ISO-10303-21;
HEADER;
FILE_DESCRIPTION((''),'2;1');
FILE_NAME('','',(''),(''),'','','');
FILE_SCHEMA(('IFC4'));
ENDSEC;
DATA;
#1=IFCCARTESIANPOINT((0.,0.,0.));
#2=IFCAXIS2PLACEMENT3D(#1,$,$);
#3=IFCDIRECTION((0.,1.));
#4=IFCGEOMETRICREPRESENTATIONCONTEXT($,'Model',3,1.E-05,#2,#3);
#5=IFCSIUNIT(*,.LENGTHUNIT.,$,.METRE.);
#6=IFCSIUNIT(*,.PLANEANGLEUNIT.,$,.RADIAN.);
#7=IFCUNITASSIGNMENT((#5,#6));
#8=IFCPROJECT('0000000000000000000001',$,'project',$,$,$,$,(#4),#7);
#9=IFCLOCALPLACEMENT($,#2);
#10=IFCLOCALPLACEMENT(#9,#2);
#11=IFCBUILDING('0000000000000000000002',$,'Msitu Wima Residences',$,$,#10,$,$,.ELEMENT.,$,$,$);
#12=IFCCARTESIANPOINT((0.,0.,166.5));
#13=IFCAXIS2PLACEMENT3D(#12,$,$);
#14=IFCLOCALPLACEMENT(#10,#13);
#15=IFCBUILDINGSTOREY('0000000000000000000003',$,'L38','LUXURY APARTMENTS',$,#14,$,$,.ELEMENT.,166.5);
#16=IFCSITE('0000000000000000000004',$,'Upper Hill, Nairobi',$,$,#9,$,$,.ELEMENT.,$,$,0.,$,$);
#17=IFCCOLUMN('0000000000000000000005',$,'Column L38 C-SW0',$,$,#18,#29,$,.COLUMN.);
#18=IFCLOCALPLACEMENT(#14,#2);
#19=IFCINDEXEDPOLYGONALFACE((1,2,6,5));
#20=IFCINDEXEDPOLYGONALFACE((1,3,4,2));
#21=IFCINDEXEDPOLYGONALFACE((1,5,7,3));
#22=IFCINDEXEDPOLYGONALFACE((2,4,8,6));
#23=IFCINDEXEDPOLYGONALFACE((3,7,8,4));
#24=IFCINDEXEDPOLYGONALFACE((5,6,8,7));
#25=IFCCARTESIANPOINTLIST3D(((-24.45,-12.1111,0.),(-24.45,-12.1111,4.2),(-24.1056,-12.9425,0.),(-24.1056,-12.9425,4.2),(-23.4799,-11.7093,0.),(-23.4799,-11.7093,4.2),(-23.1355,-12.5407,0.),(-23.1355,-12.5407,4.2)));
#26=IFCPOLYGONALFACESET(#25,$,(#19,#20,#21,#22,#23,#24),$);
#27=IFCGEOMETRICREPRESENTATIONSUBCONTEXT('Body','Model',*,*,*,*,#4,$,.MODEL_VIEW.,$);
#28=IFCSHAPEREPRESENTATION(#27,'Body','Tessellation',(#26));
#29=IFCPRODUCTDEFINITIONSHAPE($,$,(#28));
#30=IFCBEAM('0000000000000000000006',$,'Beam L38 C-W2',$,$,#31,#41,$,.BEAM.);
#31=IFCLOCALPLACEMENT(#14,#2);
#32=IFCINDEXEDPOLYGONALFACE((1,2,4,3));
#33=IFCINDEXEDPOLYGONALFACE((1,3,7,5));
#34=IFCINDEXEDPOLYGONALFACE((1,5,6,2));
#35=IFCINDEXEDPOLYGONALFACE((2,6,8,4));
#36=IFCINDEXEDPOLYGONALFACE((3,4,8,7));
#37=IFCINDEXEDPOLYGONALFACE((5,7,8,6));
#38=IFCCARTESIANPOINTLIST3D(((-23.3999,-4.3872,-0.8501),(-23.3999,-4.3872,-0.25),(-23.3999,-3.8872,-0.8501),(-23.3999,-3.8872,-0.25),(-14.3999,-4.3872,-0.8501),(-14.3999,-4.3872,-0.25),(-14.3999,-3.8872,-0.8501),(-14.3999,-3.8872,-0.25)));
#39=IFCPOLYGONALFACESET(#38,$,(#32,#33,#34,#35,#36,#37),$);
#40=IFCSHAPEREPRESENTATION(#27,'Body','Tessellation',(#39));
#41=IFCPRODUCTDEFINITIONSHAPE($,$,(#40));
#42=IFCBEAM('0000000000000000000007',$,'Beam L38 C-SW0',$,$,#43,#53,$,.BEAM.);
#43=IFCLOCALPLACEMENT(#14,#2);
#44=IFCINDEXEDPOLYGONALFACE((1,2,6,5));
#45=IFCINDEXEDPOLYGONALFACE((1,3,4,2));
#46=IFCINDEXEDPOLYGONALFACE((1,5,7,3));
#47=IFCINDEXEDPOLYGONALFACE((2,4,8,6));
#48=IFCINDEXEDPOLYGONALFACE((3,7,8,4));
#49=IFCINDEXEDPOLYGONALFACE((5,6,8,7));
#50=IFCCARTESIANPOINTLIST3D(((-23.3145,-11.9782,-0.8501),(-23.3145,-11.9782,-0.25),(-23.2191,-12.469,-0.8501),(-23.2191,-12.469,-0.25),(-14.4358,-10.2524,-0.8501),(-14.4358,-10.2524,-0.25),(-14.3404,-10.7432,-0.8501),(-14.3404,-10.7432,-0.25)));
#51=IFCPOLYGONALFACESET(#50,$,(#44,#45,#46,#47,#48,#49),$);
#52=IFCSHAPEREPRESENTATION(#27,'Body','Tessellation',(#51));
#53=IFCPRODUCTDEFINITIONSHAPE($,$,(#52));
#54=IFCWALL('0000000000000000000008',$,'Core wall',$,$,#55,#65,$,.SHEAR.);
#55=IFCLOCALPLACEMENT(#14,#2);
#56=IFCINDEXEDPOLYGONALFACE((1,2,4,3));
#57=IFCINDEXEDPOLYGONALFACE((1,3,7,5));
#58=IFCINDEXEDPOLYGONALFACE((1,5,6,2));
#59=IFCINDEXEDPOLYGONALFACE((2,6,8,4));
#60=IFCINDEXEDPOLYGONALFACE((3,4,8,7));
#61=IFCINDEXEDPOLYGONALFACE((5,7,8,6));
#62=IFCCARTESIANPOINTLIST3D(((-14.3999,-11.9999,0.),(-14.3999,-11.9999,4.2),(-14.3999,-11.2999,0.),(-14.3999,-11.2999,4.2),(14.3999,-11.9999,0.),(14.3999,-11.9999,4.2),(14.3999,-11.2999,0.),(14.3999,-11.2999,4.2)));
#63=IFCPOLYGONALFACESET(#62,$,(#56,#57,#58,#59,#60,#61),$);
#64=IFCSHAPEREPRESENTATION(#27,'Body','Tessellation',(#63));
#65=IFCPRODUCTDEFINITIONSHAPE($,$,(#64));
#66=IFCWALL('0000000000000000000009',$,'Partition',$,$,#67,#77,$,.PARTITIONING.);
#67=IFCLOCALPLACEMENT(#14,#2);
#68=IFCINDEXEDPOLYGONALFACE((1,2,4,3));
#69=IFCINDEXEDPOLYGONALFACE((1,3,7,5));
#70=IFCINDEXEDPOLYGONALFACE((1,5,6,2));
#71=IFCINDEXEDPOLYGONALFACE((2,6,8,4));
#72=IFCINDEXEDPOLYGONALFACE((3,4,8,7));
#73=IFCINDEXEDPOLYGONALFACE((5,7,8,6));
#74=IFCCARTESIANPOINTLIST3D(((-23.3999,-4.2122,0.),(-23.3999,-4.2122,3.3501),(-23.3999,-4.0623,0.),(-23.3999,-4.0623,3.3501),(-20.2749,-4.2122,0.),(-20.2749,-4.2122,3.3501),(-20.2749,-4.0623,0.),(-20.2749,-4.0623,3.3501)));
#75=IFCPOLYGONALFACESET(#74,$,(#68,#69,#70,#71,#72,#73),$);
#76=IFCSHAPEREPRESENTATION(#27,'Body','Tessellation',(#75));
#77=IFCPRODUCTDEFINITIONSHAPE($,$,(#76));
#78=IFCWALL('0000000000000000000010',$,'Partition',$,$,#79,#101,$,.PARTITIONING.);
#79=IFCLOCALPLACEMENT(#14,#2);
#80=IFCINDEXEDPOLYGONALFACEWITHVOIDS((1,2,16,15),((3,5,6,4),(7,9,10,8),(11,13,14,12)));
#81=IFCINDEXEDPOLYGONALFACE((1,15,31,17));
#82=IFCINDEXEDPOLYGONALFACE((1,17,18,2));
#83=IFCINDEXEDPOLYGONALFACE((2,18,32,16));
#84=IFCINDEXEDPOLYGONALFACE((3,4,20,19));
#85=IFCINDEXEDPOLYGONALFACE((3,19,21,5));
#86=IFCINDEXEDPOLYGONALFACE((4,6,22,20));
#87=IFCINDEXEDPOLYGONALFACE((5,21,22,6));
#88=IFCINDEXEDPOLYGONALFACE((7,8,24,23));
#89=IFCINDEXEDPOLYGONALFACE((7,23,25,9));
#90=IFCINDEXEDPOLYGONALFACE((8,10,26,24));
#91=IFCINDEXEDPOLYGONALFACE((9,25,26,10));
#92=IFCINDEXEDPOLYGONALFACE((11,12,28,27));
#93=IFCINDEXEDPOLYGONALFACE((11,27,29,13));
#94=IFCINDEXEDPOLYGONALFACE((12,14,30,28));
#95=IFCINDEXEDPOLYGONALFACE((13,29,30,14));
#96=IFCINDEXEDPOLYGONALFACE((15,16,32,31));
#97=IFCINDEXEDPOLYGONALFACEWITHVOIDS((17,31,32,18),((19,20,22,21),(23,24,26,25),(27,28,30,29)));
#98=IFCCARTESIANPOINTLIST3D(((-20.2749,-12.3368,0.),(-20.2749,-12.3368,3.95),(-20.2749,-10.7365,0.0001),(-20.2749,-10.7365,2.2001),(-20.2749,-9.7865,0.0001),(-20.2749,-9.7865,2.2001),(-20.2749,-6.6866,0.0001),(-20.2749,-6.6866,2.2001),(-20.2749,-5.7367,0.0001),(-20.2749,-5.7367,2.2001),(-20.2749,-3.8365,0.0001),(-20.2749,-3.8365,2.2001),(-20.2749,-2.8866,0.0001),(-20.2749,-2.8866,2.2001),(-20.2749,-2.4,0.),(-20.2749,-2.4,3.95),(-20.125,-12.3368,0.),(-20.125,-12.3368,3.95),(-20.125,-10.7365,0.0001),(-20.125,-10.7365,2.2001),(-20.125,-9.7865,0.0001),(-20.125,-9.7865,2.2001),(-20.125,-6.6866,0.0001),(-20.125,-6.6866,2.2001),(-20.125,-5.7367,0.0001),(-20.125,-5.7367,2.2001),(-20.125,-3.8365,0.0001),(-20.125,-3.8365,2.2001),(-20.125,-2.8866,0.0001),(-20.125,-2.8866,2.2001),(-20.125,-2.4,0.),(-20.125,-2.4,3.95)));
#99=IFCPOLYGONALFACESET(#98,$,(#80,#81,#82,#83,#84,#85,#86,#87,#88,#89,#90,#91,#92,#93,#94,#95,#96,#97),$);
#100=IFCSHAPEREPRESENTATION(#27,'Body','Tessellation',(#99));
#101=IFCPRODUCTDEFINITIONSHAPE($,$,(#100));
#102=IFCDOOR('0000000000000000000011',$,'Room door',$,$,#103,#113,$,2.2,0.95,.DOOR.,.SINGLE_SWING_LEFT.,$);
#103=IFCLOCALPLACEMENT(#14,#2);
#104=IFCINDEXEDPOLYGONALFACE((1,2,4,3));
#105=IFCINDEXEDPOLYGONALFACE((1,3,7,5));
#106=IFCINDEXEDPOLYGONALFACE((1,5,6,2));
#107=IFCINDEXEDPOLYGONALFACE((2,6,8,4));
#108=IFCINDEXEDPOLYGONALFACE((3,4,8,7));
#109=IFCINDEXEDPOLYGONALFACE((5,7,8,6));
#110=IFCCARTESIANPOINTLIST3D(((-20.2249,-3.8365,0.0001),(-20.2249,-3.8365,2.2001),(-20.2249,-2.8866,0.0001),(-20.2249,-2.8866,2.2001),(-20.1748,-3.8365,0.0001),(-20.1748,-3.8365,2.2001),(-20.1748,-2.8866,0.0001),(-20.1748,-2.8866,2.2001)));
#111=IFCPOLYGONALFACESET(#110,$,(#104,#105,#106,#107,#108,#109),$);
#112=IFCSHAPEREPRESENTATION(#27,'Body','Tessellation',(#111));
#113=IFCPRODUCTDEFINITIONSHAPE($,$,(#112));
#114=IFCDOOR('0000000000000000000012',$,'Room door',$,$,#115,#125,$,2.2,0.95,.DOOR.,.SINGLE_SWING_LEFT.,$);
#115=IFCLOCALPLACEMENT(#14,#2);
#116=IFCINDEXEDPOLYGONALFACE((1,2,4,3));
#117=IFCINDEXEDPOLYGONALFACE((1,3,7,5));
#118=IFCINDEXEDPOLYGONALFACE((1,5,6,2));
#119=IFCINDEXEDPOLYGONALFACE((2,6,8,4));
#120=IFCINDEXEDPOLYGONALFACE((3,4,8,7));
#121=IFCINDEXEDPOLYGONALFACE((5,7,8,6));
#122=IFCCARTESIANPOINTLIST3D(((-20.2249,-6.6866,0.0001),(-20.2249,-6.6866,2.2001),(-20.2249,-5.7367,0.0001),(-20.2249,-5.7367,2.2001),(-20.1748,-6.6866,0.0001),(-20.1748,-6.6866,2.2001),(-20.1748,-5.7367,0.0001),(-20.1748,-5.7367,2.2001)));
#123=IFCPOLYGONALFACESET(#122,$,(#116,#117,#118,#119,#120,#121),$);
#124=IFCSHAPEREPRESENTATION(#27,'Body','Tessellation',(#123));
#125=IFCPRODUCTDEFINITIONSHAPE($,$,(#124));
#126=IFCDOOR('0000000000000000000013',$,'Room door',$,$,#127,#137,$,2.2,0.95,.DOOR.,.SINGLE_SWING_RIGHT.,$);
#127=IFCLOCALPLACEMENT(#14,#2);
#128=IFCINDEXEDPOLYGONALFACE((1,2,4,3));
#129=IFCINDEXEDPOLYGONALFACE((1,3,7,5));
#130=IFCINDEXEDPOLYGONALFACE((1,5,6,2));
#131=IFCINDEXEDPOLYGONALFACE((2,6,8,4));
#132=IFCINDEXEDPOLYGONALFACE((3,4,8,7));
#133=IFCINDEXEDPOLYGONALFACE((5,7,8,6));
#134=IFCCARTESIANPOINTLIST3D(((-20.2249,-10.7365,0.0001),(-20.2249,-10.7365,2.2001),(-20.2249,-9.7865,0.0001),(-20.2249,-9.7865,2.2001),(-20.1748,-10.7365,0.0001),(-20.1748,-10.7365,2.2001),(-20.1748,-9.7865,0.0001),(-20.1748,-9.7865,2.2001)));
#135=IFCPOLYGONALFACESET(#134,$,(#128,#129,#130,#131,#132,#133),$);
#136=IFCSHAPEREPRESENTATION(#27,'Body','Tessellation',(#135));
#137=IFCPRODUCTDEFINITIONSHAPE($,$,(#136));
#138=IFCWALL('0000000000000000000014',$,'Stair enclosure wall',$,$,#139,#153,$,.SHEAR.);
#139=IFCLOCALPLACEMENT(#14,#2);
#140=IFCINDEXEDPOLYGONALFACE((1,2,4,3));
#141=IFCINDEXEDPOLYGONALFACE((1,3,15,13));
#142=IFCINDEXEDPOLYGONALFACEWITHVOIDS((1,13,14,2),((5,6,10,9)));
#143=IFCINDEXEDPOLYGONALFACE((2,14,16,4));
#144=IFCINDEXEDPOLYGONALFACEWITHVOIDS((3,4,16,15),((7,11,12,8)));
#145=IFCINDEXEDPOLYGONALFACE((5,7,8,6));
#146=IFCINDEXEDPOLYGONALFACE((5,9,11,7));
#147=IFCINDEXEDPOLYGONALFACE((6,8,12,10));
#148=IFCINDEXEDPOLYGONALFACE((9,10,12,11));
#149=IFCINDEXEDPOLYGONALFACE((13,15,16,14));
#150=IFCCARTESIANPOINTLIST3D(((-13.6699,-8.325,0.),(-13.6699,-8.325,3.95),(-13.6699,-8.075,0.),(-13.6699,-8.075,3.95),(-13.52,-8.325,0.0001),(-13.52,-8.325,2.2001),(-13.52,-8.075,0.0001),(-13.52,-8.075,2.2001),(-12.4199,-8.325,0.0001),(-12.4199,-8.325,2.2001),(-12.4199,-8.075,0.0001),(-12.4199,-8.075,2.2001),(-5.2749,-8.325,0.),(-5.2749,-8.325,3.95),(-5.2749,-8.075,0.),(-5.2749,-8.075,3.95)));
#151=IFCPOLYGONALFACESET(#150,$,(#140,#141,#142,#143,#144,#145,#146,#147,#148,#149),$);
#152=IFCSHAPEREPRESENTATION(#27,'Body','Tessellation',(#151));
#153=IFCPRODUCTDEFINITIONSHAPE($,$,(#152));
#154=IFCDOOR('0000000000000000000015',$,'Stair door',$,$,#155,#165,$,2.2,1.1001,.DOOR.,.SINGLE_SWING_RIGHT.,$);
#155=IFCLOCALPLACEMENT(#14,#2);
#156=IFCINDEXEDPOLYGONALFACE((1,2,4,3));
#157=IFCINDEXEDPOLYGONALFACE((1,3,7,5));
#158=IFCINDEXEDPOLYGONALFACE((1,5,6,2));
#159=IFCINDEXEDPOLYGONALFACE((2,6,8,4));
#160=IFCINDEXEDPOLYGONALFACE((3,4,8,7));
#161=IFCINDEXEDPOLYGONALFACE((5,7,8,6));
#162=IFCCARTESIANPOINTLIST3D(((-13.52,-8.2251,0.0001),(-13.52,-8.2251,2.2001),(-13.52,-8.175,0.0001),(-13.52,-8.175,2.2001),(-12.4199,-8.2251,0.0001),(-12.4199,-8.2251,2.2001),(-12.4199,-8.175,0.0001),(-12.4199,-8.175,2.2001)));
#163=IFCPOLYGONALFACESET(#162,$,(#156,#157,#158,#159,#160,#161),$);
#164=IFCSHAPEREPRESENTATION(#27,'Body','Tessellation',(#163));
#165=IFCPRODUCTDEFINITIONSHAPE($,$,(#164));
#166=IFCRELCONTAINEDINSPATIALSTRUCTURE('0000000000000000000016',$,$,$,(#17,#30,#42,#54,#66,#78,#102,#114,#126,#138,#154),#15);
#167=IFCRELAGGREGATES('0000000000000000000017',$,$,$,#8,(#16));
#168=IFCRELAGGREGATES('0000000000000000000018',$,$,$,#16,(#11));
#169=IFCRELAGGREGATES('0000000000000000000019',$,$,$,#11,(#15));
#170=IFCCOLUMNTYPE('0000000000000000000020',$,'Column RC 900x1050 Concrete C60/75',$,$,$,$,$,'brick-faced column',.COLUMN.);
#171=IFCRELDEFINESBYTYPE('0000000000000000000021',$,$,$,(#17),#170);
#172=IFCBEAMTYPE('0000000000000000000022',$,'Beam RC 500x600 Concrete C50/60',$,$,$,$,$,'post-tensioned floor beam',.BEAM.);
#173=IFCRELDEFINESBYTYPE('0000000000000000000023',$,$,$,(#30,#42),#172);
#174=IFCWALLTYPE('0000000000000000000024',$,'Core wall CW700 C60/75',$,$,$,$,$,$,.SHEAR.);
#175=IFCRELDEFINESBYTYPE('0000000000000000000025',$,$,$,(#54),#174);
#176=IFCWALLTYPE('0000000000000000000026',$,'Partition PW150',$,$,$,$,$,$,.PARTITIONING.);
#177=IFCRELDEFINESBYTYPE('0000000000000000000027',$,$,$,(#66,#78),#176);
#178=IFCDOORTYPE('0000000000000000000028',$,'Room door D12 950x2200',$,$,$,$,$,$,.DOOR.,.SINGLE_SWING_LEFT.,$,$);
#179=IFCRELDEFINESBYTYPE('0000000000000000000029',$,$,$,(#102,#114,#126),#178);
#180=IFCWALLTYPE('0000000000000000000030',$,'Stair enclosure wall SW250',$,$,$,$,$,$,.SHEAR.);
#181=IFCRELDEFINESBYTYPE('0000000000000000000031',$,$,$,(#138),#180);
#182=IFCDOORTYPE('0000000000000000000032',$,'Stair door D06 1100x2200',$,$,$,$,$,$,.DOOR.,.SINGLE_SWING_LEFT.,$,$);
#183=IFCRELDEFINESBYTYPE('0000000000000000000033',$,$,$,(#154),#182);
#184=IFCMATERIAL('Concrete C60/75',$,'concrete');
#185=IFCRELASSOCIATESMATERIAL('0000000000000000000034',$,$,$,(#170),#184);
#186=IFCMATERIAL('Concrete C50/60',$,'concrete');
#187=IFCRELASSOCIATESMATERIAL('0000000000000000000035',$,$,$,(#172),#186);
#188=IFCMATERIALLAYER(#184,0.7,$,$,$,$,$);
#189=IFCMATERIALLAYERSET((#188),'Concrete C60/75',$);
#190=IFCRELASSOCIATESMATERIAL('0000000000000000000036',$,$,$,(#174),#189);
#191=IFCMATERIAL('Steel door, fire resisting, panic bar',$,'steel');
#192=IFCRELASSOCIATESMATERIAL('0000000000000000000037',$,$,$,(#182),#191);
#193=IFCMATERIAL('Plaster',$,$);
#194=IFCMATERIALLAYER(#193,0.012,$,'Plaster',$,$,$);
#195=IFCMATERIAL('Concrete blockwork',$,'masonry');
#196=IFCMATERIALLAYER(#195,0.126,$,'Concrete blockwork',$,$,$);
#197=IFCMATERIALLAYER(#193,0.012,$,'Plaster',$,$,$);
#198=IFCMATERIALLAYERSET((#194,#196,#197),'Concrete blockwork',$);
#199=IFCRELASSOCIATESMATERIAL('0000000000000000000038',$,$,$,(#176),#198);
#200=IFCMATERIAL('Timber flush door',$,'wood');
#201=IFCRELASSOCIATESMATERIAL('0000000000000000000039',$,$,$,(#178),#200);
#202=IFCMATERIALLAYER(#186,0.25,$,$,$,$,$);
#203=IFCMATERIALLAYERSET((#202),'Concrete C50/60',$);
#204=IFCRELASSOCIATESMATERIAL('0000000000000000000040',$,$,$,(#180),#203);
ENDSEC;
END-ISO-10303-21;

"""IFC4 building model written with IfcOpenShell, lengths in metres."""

from ifc_helpers import new_model, si_unit, direction, frame, frame_2d, origin, origin_2d, place, context, subcontext, project, spatial, rectangle, extrude, material, layer, layer_set, material_profile, profile_set, type_object, element, fill, save


model = new_model("IFC4")

# Units and contexts
model_context = context("Model", 3, precision=1e-05, world=origin(), true_north=direction((0.0, 1.0)))
body_context = subcontext(model_context, "Body", "Model", "MODEL_VIEW")
ifc_project = project(units=[si_unit("LENGTHUNIT", "METRE"), si_unit("PLANEANGLEUNIT", "RADIAN")], contexts=[model_context])

# Site, building, storey
site_placement = place(None, origin())
site = spatial("IfcSite", under=ifc_project, at=site_placement, Name="Upper Hill, Nairobi", CompositionType="ELEMENT", RefElevation=0.0)
building_placement = place(site_placement, origin())
building = spatial("IfcBuilding", under=site, at=building_placement, Name="Msitu Wima Residences", CompositionType="ELEMENT")
storey_placement = place(building_placement, frame((0.0, 0.0, 166.5)))
storey = spatial("IfcBuildingStorey", under=building, at=storey_placement, Name="L38", Description="LUXURY APARTMENTS", CompositionType="ELEMENT", Elevation=166.5)

# Column
ifc_material_1 = material(Name="Concrete C60/75", Category="concrete")
ifc_material_profile_1 = material_profile(ifc_material_1, rectangle(XDim=0.8999, YDim=1.05, at=origin_2d()), Name="RC 900x1050")
ifc_profile_set_1 = profile_set([ifc_material_profile_1], Name="Concrete C60/75")
column_type = type_object("IfcColumnType", Name="Column RC 900x1050 Concrete C60/75", ElementType="brick-faced column", PredefinedType="COLUMN", material=ifc_profile_set_1)
column_placement = place(storey_placement, frame((-23.7927, -12.3259, 0.0), z_axis=(0.0, 0.0, 1.0), x_axis=(0.382683, -0.92388, 0.0)))
element("IfcColumn", 1, at=column_placement, inside=storey, type_object=column_type, Name="Column L38 C-SW0", PredefinedType="COLUMN", context=body_context, shape_type="SweptSolid", body=[
    extrude(rectangle(XDim=0.8999, YDim=1.05, at=origin_2d()), origin(), (0.0, 0.0, 1.0), 4.2),
])

# Beams
ifc_material_2 = material(Name="Concrete C50/60", Category="concrete")
ifc_material_profile_2 = material_profile(ifc_material_2, rectangle(XDim=0.5, YDim=0.6001, at=origin_2d()), Name="RC 500x600")
ifc_profile_set_2 = profile_set([ifc_material_profile_2], Name="Concrete C50/60")
beam_type = type_object("IfcBeamType", Name="Beam RC 500x600 Concrete C50/60", ElementType="post-tensioned floor beam", PredefinedType="BEAM", material=ifc_profile_set_2)
beam_1_placement = place(storey_placement, frame((-23.3999, -4.1372, -0.55), z_axis=(1.0, 0.0, 0.0), x_axis=(0.0, 1.0, 0.0)))
element("IfcBeam", 2, at=beam_1_placement, inside=storey, type_object=beam_type, Name="Beam L38 C-W2", PredefinedType="BEAM", context=body_context, shape_type="SweptSolid", body=[
    extrude(rectangle(XDim=0.5, YDim=0.6001, at=origin_2d()), origin(), (0.0, 0.0, 1.0), 9.0),
])
beam_2_placement = place(storey_placement, frame((-23.2668, -12.2236, -0.55), z_axis=(0.981627, 0.190808, 0.0), x_axis=(-0.190808, 0.981627, 0.0)))
element("IfcBeam", 3, at=beam_2_placement, inside=storey, type_object=beam_type, Name="Beam L38 C-SW0", PredefinedType="BEAM", context=body_context, shape_type="SweptSolid", body=[
    extrude(rectangle(XDim=0.5, YDim=0.6001, at=origin_2d()), origin(), (0.0, 0.0, 1.0), 9.0449),
])

# Wall
ifc_layer_1 = layer(ifc_material_1, 0.7)
ifc_layer_set_1 = layer_set([ifc_layer_1], Name="Concrete C60/75")
wall_type_1 = type_object("IfcWallType", Name="Core wall CW700 C60/75", PredefinedType="SHEAR", material=ifc_layer_set_1)
wall_1_placement = place(storey_placement, frame((-14.3999, -11.6499, 0.0), z_axis=(0.0, 0.0, 1.0), x_axis=(1.0, 0.0, 0.0)))
element("IfcWall", 4, at=wall_1_placement, inside=storey, type_object=wall_type_1, Name="Core wall", PredefinedType="SHEAR", context=body_context, shape_type="SweptSolid", body=[
    extrude(rectangle(XDim=28.7998, YDim=0.7, at=frame_2d((14.3999, 0.0))), origin(), (0.0, 0.0, 1.0), 4.2),
])

# Shared definitions
ifc_material_3 = material(Name="Steel door, fire resisting, panic bar", Category="steel")
door_type_1 = type_object("IfcDoorType", Name="Stair door D06 1100x2200", OperationType="SINGLE_SWING_LEFT", PredefinedType="DOOR", material=ifc_material_3)

# Wall
ifc_material_4 = material(Name="Plaster")
ifc_layer_2 = layer(ifc_material_4, 0.012, Name="Plaster")
ifc_material_5 = material(Name="Concrete blockwork", Category="masonry")
ifc_layer_3 = layer(ifc_material_5, 0.126, Name="Concrete blockwork")
ifc_layer_4 = layer(ifc_material_4, 0.012, Name="Plaster")
ifc_layer_set_2 = layer_set([ifc_layer_2, ifc_layer_3, ifc_layer_4], Name="Concrete blockwork")
wall_type_2 = type_object("IfcWallType", Name="Partition PW150", PredefinedType="PARTITIONING", material=ifc_layer_set_2)
wall_2_placement = place(storey_placement, frame((-23.3999, -4.1372, 0.0), z_axis=(0.0, 0.0, 1.0), x_axis=(1.0, 0.0, 0.0)))
element("IfcWall", 5, at=wall_2_placement, inside=storey, type_object=wall_type_2, Name="Partition", PredefinedType="PARTITIONING", context=body_context, shape_type="SweptSolid", body=[
    extrude(rectangle(XDim=3.125, YDim=0.1499, at=frame_2d((1.5625, 0.0))), origin(), (0.0, 0.0, 1.0), 3.3501),
])

# Wall, openings, doors
wall_3_placement = place(storey_placement, frame((-20.2, -12.3367, 0.0), z_axis=(0.0, 0.0, 1.0), x_axis=(0.0, 1.0, 0.0)))
wall_3 = element("IfcWall", 6, at=wall_3_placement, inside=storey, type_object=wall_type_2, Name="Partition", PredefinedType="PARTITIONING", context=body_context, shape_type="SweptSolid", body=[
    extrude(rectangle(XDim=9.9368, YDim=0.1499, at=frame_2d((4.9683, 0.0))), origin(), (0.0, 0.0, 1.0), 3.95),
])
opening_1_placement = place(wall_3_placement, frame((8.5, 0.0, 0.0)))
opening_1 = element("IfcOpeningElement", 7, at=opening_1_placement, cuts=wall_3, PredefinedType="OPENING", context=body_context, shape_type="SweptSolid", body=[
    extrude(rectangle(XDim=0.95, YDim=2.2, at=frame_2d((0.4751, 1.1001))), frame((0.0, 0.085, 0.0), z_axis=(0.0, -1.0, 0.0), x_axis=(1.0, 0.0, 0.0)), (0.0, 0.0, 1.0), 0.1699),
])
opening_2_placement = place(wall_3_placement, frame((5.6499, 0.0, 0.0)))
opening_2 = element("IfcOpeningElement", 8, at=opening_2_placement, cuts=wall_3, PredefinedType="OPENING", context=body_context, shape_type="SweptSolid", body=[
    extrude(rectangle(XDim=0.95, YDim=2.2, at=frame_2d((0.4751, 1.1001))), frame((0.0, 0.085, 0.0), z_axis=(0.0, -1.0, 0.0), x_axis=(1.0, 0.0, 0.0)), (0.0, 0.0, 1.0), 0.1699),
])
opening_3_placement = place(wall_3_placement, frame((1.6001, 0.0, 0.0)))
opening_3 = element("IfcOpeningElement", 9, at=opening_3_placement, cuts=wall_3, PredefinedType="OPENING", context=body_context, shape_type="SweptSolid", body=[
    extrude(rectangle(XDim=0.95, YDim=2.2, at=frame_2d((0.4751, 1.1001))), frame((0.0, 0.085, 0.0), z_axis=(0.0, -1.0, 0.0), x_axis=(1.0, 0.0, 0.0)), (0.0, 0.0, 1.0), 0.1699),
])
ifc_material_6 = material(Name="Timber flush door", Category="wood")
door_type_2 = type_object("IfcDoorType", Name="Room door D12 950x2200", OperationType="SINGLE_SWING_LEFT", PredefinedType="DOOR", material=ifc_material_6)
door_1_placement = place(opening_1_placement, origin())
door_1 = element("IfcDoor", 10, at=door_1_placement, inside=storey, type_object=door_type_2, Name="Room door", OperationType="SINGLE_SWING_LEFT", OverallHeight=2.2, OverallWidth=0.95, PredefinedType="DOOR", context=body_context, shape_type="SweptSolid", body=[
    extrude(rectangle(XDim=0.95, YDim=2.2, at=frame_2d((0.4751, 1.1001))), frame((0.0, 0.0249, 0.0), z_axis=(0.0, -1.0, 0.0), x_axis=(1.0, 0.0, 0.0)), (0.0, 0.0, 1.0), 0.05),
])
fill(opening_1, door_1)
door_2_placement = place(opening_2_placement, origin())
door_2 = element("IfcDoor", 11, at=door_2_placement, inside=storey, type_object=door_type_2, Name="Room door", OperationType="SINGLE_SWING_LEFT", OverallHeight=2.2, OverallWidth=0.95, PredefinedType="DOOR", context=body_context, shape_type="SweptSolid", body=[
    extrude(rectangle(XDim=0.95, YDim=2.2, at=frame_2d((0.4751, 1.1001))), frame((0.0, 0.0249, 0.0), z_axis=(0.0, -1.0, 0.0), x_axis=(1.0, 0.0, 0.0)), (0.0, 0.0, 1.0), 0.05),
])
fill(opening_2, door_2)
door_3_placement = place(opening_3_placement, origin())
door_3 = element("IfcDoor", 12, at=door_3_placement, inside=storey, type_object=door_type_2, Name="Room door", OperationType="SINGLE_SWING_RIGHT", OverallHeight=2.2, OverallWidth=0.95, PredefinedType="DOOR", context=body_context, shape_type="SweptSolid", body=[
    extrude(rectangle(XDim=0.95, YDim=2.2, at=frame_2d((0.4751, 1.1001))), frame((0.0, 0.0249, 0.0), z_axis=(0.0, -1.0, 0.0), x_axis=(1.0, 0.0, 0.0)), (0.0, 0.0, 1.0), 0.05),
])
fill(opening_3, door_3)

# Wall, opening, door
ifc_layer_5 = layer(ifc_material_2, 0.25)
ifc_layer_set_3 = layer_set([ifc_layer_5], Name="Concrete C50/60")
wall_type_3 = type_object("IfcWallType", Name="Stair enclosure wall SW250", PredefinedType="SHEAR", material=ifc_layer_set_3)
wall_4_placement = place(storey_placement, frame((-13.6699, -8.2, 0.0), z_axis=(0.0, 0.0, 1.0), x_axis=(1.0, 0.0, 0.0)))
wall_4 = element("IfcWall", 13, at=wall_4_placement, inside=storey, type_object=wall_type_3, Name="Stair enclosure wall", PredefinedType="SHEAR", context=body_context, shape_type="SweptSolid", body=[
    extrude(rectangle(XDim=8.395, YDim=0.25, at=frame_2d((4.1975, 0.0))), origin(), (0.0, 0.0, 1.0), 3.95),
])
opening_4_placement = place(wall_4_placement, frame((0.1499, 0.0, 0.0)))
opening_4 = element("IfcOpeningElement", 14, at=opening_4_placement, cuts=wall_4, PredefinedType="OPENING", context=body_context, shape_type="SweptSolid", body=[
    extrude(rectangle(XDim=1.1001, YDim=2.2, at=frame_2d((0.55, 1.1001))), frame((0.0, 0.135, 0.0), z_axis=(0.0, -1.0, 0.0), x_axis=(1.0, 0.0, 0.0)), (0.0, 0.0, 1.0), 0.27),
])
door_4_placement = place(opening_4_placement, origin())
door_4 = element("IfcDoor", 15, at=door_4_placement, inside=storey, type_object=door_type_1, Name="Stair door", OperationType="SINGLE_SWING_RIGHT", OverallHeight=2.2, OverallWidth=1.1001, PredefinedType="DOOR", context=body_context, shape_type="SweptSolid", body=[
    extrude(rectangle(XDim=1.1001, YDim=2.2, at=frame_2d((0.55, 1.1001))), frame((0.0, 0.0249, 0.0), z_axis=(0.0, -1.0, 0.0), x_axis=(1.0, 0.0, 0.0)), (0.0, 0.0, 1.0), 0.05),
])
fill(opening_4, door_4)

save(model, "model.ifc")
